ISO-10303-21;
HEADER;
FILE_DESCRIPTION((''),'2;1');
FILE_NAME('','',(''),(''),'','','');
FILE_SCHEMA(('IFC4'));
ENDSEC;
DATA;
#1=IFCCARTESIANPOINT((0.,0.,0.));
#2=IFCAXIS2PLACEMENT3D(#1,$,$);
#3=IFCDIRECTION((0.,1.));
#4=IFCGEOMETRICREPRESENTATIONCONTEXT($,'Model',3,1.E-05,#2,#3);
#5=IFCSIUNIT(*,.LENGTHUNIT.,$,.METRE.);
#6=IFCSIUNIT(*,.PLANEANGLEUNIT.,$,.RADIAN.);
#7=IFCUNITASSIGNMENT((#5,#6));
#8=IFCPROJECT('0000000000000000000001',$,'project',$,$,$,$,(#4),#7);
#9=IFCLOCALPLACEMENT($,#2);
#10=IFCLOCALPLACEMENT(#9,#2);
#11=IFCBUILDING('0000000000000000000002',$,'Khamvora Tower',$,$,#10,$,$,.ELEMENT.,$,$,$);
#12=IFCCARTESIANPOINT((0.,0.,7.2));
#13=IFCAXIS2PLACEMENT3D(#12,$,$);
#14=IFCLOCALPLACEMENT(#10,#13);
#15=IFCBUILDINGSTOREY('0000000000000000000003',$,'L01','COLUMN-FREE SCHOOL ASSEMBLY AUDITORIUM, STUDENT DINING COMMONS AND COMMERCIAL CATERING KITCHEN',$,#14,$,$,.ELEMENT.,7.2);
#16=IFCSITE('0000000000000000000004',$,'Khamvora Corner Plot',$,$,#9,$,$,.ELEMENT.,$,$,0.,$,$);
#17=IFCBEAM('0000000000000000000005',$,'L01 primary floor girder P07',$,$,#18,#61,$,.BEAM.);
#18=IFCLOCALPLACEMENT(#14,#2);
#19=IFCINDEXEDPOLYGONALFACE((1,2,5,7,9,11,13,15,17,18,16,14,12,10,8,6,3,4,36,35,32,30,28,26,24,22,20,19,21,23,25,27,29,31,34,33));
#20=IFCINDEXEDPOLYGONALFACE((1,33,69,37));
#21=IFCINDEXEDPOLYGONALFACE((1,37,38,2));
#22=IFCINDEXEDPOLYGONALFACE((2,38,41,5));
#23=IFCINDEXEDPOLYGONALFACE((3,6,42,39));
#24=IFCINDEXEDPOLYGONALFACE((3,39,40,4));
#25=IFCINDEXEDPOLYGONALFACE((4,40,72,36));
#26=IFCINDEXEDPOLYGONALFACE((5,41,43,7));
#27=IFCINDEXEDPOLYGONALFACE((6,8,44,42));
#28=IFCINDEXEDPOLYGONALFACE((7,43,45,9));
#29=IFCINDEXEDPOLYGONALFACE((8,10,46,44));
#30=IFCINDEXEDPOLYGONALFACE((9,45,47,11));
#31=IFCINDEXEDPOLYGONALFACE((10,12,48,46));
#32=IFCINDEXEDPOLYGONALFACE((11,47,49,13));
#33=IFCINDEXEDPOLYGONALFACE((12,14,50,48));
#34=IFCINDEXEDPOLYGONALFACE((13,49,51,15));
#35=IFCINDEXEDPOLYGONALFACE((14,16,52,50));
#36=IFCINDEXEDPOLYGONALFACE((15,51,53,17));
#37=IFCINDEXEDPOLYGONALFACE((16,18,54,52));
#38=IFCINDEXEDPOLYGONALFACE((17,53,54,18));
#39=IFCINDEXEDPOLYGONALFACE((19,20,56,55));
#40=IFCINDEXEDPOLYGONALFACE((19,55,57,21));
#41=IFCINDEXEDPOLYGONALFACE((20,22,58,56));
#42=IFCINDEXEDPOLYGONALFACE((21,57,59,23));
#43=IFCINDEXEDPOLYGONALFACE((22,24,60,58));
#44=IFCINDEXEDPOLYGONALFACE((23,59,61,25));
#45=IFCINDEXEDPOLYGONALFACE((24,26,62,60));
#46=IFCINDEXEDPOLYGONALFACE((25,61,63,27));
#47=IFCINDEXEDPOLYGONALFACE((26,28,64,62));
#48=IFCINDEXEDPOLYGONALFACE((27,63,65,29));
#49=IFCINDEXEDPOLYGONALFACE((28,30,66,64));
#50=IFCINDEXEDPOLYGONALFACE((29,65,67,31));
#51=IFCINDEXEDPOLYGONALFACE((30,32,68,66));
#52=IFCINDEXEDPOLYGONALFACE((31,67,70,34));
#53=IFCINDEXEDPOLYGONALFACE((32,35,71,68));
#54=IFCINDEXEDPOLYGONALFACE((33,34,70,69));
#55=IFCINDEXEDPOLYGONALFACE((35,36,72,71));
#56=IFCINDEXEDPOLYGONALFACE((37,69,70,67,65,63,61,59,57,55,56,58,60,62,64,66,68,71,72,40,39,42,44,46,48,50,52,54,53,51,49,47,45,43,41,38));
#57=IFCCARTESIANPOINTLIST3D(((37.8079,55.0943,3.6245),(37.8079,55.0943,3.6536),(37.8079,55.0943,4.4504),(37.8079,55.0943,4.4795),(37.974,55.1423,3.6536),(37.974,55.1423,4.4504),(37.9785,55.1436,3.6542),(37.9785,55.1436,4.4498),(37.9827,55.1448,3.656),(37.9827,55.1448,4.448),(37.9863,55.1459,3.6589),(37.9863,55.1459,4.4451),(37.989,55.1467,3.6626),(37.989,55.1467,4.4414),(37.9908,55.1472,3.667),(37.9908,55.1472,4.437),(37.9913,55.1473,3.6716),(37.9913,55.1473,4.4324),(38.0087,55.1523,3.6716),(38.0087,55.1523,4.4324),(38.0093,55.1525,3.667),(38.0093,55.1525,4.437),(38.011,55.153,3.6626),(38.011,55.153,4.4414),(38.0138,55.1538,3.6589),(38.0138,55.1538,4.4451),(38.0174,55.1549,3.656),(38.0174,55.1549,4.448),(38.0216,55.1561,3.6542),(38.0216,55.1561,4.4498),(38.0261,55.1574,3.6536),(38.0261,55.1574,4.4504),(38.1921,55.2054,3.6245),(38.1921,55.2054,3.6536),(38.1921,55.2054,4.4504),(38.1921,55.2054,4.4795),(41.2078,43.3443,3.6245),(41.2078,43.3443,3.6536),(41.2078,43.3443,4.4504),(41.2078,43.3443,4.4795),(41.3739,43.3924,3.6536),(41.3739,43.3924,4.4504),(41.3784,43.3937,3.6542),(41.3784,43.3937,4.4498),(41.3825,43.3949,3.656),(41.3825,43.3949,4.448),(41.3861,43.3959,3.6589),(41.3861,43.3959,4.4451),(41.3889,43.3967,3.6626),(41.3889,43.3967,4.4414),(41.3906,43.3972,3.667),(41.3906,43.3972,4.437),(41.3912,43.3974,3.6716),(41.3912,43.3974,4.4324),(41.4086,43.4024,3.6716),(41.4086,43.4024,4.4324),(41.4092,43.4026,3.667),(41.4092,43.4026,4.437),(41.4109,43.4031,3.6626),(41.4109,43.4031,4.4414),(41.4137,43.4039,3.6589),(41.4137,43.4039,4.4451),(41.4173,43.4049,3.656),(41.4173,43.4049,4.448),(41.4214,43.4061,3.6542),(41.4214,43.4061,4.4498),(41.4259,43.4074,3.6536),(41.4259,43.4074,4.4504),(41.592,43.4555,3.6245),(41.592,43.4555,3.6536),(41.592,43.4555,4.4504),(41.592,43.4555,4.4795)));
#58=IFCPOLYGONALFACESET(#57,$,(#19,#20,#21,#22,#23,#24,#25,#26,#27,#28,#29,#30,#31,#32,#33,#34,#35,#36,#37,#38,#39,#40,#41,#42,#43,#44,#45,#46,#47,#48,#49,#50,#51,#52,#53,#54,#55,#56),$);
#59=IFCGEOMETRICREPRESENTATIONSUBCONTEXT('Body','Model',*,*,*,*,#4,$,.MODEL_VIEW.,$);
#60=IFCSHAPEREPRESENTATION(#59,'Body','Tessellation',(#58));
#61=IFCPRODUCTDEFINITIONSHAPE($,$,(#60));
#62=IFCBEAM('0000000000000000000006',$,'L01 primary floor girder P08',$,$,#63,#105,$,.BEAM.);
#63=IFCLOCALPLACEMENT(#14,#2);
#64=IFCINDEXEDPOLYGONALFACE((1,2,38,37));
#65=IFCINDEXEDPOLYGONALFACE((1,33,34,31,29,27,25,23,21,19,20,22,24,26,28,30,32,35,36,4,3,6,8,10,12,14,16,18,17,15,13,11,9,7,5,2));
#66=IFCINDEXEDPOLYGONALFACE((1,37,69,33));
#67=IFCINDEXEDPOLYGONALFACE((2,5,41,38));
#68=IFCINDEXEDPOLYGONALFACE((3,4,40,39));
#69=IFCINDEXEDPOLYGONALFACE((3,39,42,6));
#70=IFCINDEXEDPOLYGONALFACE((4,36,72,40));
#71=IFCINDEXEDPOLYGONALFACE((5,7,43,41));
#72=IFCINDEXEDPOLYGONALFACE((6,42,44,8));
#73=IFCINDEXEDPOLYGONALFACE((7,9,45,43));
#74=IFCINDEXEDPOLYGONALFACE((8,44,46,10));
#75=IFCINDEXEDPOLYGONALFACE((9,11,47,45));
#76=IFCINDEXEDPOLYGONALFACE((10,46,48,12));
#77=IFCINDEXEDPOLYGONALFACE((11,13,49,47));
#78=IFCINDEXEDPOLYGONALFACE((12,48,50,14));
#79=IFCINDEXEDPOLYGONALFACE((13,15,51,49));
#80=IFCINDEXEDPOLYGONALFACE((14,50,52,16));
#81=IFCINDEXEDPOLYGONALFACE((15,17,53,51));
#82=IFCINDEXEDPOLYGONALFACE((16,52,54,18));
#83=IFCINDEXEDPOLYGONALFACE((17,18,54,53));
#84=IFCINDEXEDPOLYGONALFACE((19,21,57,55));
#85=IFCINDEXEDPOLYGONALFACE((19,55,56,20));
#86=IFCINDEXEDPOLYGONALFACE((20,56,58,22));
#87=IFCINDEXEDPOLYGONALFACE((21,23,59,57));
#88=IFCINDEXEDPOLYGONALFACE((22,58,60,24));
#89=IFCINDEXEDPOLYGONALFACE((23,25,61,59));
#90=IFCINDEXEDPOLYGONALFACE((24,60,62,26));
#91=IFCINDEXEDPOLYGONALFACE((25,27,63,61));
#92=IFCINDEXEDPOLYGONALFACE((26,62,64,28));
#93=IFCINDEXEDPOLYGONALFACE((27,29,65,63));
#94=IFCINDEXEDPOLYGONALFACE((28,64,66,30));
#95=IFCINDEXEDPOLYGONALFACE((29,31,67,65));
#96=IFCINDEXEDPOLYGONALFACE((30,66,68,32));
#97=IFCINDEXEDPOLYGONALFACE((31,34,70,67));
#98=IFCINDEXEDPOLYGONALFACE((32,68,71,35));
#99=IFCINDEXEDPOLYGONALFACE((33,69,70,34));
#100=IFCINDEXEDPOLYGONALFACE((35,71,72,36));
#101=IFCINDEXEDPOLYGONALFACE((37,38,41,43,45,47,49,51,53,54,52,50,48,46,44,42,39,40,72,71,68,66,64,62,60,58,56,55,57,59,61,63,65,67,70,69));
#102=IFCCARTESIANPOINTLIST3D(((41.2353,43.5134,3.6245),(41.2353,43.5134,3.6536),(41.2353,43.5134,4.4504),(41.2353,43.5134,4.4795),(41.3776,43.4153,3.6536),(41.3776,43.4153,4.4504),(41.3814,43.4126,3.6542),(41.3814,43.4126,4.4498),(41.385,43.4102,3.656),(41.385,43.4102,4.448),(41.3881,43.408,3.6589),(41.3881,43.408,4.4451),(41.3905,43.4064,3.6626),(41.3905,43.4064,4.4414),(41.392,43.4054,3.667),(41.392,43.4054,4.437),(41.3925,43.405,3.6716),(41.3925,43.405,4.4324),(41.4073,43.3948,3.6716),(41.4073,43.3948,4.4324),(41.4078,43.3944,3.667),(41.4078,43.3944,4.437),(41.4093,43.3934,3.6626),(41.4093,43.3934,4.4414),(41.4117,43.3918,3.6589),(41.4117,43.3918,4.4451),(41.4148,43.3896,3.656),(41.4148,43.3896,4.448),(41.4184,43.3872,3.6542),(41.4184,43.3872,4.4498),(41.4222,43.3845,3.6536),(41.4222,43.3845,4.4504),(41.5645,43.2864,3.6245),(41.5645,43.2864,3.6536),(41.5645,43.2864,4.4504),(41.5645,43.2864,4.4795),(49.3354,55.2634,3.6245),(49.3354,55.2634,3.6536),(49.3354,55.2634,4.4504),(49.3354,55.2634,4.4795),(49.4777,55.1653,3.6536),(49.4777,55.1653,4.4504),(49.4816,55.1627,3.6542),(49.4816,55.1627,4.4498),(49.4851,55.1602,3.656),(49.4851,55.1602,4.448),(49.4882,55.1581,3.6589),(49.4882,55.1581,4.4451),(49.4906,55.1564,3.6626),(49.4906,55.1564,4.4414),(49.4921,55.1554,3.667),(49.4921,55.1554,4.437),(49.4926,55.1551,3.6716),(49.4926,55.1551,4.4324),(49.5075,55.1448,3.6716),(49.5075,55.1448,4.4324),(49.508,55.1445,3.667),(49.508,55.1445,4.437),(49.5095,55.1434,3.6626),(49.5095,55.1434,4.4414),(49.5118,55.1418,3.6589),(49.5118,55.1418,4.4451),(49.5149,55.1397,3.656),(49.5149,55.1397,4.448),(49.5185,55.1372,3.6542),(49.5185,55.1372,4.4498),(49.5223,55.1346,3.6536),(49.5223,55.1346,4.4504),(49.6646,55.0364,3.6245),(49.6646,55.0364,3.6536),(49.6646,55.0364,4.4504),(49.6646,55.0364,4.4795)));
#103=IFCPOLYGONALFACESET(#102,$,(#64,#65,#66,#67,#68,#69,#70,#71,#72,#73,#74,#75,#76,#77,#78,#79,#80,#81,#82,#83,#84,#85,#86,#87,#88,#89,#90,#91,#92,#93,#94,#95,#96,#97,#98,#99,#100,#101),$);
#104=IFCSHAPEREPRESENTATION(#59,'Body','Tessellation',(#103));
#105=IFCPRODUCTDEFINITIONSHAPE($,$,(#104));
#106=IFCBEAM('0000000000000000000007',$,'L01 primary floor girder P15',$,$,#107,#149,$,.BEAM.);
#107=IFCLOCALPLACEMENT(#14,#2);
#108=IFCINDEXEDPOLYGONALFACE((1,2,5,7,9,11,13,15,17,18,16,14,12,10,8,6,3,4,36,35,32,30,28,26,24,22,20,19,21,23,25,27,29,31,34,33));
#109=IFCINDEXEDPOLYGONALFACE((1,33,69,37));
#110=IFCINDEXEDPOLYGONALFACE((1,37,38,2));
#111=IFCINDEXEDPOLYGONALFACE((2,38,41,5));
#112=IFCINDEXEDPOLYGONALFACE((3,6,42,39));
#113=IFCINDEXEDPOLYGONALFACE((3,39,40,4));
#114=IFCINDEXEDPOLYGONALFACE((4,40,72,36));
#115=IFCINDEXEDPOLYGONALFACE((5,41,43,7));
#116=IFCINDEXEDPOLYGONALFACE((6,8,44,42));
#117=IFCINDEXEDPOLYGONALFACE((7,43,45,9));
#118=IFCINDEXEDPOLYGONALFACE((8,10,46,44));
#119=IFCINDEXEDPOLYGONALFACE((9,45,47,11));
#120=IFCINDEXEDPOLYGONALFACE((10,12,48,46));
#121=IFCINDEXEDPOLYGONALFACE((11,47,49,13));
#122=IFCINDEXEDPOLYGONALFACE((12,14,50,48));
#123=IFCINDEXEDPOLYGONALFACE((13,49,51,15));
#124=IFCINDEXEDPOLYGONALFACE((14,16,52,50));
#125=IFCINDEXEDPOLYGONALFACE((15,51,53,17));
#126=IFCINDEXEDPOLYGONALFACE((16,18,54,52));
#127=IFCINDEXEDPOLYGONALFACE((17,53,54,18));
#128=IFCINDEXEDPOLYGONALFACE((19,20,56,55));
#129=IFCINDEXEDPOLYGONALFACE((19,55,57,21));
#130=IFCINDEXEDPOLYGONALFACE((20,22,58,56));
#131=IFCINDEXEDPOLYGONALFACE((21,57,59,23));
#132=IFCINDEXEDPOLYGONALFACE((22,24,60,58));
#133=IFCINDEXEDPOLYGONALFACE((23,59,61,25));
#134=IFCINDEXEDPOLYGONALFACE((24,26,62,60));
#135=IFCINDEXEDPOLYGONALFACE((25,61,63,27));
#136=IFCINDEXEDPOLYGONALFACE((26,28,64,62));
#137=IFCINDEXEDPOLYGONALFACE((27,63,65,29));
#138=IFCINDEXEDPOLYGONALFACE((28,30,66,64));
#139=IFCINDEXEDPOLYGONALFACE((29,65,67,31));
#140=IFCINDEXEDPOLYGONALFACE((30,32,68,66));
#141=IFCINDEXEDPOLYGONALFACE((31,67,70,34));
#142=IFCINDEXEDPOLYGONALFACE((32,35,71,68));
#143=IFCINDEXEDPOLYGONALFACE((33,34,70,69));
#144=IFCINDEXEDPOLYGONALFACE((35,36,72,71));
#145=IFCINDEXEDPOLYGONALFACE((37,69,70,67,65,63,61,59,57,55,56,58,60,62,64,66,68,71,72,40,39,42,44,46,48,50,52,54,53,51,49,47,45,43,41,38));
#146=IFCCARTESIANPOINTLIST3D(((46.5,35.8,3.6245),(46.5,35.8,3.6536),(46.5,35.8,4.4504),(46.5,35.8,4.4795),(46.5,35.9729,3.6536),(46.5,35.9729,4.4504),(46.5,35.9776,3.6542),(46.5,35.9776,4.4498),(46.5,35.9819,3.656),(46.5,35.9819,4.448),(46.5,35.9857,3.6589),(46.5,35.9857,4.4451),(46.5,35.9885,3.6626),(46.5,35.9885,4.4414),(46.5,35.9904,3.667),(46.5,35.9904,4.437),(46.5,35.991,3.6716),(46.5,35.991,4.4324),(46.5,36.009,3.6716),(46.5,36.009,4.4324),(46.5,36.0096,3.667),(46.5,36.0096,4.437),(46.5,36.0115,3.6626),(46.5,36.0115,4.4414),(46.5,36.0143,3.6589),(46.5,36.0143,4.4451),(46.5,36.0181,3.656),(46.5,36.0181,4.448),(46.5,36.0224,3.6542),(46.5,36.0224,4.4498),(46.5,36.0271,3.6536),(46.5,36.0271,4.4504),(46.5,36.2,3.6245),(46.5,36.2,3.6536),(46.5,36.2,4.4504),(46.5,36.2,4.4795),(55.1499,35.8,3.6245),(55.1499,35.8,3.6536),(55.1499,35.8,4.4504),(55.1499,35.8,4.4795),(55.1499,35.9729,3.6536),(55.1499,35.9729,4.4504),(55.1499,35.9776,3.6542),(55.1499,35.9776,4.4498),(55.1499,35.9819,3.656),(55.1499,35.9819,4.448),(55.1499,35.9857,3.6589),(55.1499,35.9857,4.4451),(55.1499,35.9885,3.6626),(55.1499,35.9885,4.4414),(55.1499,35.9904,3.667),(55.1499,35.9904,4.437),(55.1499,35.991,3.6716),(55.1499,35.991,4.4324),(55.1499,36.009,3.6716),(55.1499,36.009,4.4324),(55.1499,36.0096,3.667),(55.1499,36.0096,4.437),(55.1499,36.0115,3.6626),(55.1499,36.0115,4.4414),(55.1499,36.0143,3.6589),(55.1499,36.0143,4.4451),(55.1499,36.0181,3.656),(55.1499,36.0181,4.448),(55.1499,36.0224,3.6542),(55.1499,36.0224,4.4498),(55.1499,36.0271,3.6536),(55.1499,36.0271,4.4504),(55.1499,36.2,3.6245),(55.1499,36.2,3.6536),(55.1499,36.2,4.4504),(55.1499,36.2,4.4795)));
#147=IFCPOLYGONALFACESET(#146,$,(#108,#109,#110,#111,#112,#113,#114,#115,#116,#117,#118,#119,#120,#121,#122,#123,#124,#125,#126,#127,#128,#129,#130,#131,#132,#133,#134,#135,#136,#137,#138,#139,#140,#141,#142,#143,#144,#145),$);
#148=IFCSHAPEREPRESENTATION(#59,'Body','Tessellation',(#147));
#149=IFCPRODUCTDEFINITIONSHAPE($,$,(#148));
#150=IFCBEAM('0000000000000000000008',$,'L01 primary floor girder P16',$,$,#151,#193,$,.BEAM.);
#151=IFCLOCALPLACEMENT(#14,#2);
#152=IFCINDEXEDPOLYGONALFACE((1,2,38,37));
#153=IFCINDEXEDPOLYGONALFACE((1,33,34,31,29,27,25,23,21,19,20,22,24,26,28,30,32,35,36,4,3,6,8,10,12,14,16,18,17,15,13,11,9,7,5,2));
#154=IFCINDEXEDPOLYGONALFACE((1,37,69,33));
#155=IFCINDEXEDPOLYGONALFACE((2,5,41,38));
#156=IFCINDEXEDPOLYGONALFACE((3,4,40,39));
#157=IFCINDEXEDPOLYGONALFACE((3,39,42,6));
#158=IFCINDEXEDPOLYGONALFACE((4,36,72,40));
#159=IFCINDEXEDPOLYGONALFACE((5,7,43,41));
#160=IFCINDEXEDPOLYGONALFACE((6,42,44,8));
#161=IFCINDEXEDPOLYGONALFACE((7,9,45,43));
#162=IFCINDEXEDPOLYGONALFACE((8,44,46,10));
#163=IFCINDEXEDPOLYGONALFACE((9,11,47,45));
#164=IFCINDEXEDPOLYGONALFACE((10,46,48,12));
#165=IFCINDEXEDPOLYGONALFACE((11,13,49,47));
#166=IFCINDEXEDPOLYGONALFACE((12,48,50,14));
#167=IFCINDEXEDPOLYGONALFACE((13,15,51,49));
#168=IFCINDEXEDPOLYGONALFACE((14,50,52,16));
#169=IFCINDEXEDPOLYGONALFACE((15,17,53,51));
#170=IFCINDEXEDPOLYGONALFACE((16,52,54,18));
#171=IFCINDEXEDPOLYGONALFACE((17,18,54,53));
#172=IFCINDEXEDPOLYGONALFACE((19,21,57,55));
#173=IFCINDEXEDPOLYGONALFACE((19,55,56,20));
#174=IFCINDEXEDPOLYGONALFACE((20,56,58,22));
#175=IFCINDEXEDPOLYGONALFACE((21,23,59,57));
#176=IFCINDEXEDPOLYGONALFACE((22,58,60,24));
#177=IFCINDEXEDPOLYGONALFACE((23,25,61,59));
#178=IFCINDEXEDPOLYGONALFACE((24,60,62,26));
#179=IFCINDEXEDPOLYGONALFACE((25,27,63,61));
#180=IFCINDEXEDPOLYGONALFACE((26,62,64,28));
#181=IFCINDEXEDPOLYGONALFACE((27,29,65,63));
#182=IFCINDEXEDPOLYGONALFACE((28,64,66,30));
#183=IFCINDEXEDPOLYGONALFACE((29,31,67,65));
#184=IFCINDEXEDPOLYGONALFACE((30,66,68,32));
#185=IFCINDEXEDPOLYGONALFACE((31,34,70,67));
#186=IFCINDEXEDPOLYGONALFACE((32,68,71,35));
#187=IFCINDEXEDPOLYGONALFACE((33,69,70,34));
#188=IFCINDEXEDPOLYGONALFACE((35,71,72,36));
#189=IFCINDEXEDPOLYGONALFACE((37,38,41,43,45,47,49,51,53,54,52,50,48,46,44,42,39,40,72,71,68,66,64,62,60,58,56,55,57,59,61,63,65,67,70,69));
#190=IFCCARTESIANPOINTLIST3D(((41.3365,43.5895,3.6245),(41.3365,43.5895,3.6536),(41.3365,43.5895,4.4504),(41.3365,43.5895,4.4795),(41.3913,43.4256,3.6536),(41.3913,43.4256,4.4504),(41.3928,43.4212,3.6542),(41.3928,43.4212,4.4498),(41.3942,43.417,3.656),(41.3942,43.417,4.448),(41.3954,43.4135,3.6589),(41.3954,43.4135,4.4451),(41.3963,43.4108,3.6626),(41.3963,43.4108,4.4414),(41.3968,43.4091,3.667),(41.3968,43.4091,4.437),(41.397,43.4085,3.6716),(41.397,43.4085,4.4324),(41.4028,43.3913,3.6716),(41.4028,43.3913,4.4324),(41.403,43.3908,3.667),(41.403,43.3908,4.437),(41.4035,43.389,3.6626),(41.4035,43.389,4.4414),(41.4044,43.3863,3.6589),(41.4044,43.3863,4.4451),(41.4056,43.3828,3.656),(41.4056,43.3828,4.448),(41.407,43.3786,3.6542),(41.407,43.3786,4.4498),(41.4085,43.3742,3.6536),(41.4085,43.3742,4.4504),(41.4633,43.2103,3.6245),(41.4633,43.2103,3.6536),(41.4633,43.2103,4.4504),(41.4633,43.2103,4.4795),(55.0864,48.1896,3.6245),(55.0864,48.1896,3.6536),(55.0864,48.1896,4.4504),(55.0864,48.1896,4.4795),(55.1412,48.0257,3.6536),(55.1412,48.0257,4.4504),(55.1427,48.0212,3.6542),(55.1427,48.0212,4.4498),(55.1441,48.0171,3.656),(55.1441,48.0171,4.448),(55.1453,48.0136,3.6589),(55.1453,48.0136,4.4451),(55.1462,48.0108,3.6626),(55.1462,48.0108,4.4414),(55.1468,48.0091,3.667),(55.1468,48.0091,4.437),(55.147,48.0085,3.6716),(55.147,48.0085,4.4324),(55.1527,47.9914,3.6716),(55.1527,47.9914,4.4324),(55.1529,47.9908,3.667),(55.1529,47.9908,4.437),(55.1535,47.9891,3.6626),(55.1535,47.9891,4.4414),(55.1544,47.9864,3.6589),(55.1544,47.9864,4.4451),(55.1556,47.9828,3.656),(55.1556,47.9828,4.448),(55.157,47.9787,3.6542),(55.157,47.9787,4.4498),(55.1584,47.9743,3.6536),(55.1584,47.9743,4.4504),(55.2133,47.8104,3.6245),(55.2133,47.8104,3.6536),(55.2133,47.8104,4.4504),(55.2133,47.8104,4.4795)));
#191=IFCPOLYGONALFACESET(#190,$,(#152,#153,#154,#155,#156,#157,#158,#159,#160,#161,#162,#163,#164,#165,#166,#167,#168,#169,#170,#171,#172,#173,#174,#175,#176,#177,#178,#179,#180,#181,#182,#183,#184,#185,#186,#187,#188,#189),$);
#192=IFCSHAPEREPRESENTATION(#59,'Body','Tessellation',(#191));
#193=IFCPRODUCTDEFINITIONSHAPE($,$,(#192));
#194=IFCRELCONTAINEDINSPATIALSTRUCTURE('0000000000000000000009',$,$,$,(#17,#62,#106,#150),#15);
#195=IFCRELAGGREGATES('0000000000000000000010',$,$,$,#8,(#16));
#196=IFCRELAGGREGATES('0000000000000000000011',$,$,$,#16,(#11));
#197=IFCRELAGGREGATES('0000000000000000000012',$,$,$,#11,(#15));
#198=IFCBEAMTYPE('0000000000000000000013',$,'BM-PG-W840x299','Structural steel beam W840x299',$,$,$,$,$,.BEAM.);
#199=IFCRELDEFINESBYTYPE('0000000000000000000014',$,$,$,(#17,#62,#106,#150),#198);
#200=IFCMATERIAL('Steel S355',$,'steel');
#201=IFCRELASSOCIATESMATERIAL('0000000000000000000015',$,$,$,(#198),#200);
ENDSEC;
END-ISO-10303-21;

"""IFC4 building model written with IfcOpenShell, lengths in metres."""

from ifc_helpers import new_model, si_unit, direction, frame, origin, origin_2d, place, context, subcontext, project, spatial, i_section, extrude, material, material_profile, profile_set, type_object, element, save


model = new_model("IFC4")

# Units and contexts
model_context = context("Model", 3, precision=1e-05, world=origin(), true_north=direction((0.0, 1.0)))
body_context = subcontext(model_context, "Body", "Model", "MODEL_VIEW")
ifc_project = project(units=[si_unit("LENGTHUNIT", "METRE"), si_unit("PLANEANGLEUNIT", "RADIAN")], contexts=[model_context])

# Site, building, storey
site_placement = place(None, origin())
site = spatial("IfcSite", under=ifc_project, at=site_placement, Name="Khamvora Corner Plot", CompositionType="ELEMENT", RefElevation=0.0)
building_placement = place(site_placement, origin())
building = spatial("IfcBuilding", under=site, at=building_placement, Name="Khamvora Tower", CompositionType="ELEMENT")
storey_placement = place(building_placement, frame((0.0, 0.0, 7.2)))
storey = spatial("IfcBuildingStorey", under=building, at=storey_placement, Name="L01", Description="COLUMN-FREE SCHOOL ASSEMBLY AUDITORIUM, STUDENT DINING COMMONS AND COMMERCIAL CATERING KITCHEN", CompositionType="ELEMENT", Elevation=7.2)

# Beams
ifc_material_1 = material(Name="Steel S355", Category="steel")
ifc_material_profile_1 = material_profile(ifc_material_1, i_section(OverallWidth=0.3999, OverallDepth=0.855, WebThickness=0.0181, FlangeThickness=0.0291, FilletRadius=0.0181, at=origin_2d()), Name="W840x299")
ifc_profile_set_1 = profile_set([ifc_material_profile_1], Name="Steel S355")
beam_type_1 = type_object("IfcBeamType", Name="BM-PG-W840x299", Description="Structural steel beam W840x299", PredefinedType="BEAM", material=ifc_profile_set_1)
beam_1_placement = place(storey_placement, frame((41.3999, 43.3999, 4.052), z_axis=(-0.277951, 0.960595, 0.0), x_axis=(-0.960595, -0.277951, 0.0)))
element("IfcBeam", 1, at=beam_1_placement, inside=storey, type_object=beam_type_1, Name="L01 primary floor girder P07", PredefinedType="BEAM", context=body_context, shape_type="SweptSolid", body=[
    extrude(i_section(OverallWidth=0.3999, OverallDepth=0.855, WebThickness=0.0181, FlangeThickness=0.0291, FilletRadius=0.0181, at=origin_2d()), origin(), (0.0, 0.0, 1.0), 12.2319),
])
beam_2_placement = place(storey_placement, frame((41.3999, 43.3999, 4.052), z_axis=(0.567574, 0.823322, 0.0), x_axis=(-0.823322, 0.567574, 0.0)))
element("IfcBeam", 2, at=beam_2_placement, inside=storey, type_object=beam_type_1, Name="L01 primary floor girder P08", PredefinedType="BEAM", context=body_context, shape_type="SweptSolid", body=[
    extrude(i_section(OverallWidth=0.3999, OverallDepth=0.855, WebThickness=0.0181, FlangeThickness=0.0291, FilletRadius=0.0181, at=origin_2d()), origin(), (0.0, 0.0, 1.0), 14.2715),
])
beam_3_placement = place(storey_placement, frame((46.5, 36.0, 4.052), z_axis=(1.0, 0.0, 0.0), x_axis=(0.0, 1.0, 0.0)))
element("IfcBeam", 3, at=beam_3_placement, inside=storey, type_object=beam_type_1, Name="L01 primary floor girder P15", PredefinedType="BEAM", context=body_context, shape_type="SweptSolid", body=[
    extrude(i_section(OverallWidth=0.3999, OverallDepth=0.855, WebThickness=0.0181, FlangeThickness=0.0291, FilletRadius=0.0181, at=origin_2d()), origin(), (0.0, 0.0, 1.0), 8.6499),
])
beam_4_placement = place(storey_placement, frame((41.3999, 43.3999, 4.052), z_axis=(0.948336, 0.317268, 0.0), x_axis=(-0.317268, 0.948336, 0.0)))
element("IfcBeam", 4, at=beam_4_placement, inside=storey, type_object=beam_type_1, Name="L01 primary floor girder P16", PredefinedType="BEAM", context=body_context, shape_type="SweptSolid", body=[
    extrude(i_section(OverallWidth=0.3999, OverallDepth=0.855, WebThickness=0.0181, FlangeThickness=0.0291, FilletRadius=0.0181, at=origin_2d()), origin(), (0.0, 0.0, 1.0), 14.499),
])

save(model, "model.ifc")
